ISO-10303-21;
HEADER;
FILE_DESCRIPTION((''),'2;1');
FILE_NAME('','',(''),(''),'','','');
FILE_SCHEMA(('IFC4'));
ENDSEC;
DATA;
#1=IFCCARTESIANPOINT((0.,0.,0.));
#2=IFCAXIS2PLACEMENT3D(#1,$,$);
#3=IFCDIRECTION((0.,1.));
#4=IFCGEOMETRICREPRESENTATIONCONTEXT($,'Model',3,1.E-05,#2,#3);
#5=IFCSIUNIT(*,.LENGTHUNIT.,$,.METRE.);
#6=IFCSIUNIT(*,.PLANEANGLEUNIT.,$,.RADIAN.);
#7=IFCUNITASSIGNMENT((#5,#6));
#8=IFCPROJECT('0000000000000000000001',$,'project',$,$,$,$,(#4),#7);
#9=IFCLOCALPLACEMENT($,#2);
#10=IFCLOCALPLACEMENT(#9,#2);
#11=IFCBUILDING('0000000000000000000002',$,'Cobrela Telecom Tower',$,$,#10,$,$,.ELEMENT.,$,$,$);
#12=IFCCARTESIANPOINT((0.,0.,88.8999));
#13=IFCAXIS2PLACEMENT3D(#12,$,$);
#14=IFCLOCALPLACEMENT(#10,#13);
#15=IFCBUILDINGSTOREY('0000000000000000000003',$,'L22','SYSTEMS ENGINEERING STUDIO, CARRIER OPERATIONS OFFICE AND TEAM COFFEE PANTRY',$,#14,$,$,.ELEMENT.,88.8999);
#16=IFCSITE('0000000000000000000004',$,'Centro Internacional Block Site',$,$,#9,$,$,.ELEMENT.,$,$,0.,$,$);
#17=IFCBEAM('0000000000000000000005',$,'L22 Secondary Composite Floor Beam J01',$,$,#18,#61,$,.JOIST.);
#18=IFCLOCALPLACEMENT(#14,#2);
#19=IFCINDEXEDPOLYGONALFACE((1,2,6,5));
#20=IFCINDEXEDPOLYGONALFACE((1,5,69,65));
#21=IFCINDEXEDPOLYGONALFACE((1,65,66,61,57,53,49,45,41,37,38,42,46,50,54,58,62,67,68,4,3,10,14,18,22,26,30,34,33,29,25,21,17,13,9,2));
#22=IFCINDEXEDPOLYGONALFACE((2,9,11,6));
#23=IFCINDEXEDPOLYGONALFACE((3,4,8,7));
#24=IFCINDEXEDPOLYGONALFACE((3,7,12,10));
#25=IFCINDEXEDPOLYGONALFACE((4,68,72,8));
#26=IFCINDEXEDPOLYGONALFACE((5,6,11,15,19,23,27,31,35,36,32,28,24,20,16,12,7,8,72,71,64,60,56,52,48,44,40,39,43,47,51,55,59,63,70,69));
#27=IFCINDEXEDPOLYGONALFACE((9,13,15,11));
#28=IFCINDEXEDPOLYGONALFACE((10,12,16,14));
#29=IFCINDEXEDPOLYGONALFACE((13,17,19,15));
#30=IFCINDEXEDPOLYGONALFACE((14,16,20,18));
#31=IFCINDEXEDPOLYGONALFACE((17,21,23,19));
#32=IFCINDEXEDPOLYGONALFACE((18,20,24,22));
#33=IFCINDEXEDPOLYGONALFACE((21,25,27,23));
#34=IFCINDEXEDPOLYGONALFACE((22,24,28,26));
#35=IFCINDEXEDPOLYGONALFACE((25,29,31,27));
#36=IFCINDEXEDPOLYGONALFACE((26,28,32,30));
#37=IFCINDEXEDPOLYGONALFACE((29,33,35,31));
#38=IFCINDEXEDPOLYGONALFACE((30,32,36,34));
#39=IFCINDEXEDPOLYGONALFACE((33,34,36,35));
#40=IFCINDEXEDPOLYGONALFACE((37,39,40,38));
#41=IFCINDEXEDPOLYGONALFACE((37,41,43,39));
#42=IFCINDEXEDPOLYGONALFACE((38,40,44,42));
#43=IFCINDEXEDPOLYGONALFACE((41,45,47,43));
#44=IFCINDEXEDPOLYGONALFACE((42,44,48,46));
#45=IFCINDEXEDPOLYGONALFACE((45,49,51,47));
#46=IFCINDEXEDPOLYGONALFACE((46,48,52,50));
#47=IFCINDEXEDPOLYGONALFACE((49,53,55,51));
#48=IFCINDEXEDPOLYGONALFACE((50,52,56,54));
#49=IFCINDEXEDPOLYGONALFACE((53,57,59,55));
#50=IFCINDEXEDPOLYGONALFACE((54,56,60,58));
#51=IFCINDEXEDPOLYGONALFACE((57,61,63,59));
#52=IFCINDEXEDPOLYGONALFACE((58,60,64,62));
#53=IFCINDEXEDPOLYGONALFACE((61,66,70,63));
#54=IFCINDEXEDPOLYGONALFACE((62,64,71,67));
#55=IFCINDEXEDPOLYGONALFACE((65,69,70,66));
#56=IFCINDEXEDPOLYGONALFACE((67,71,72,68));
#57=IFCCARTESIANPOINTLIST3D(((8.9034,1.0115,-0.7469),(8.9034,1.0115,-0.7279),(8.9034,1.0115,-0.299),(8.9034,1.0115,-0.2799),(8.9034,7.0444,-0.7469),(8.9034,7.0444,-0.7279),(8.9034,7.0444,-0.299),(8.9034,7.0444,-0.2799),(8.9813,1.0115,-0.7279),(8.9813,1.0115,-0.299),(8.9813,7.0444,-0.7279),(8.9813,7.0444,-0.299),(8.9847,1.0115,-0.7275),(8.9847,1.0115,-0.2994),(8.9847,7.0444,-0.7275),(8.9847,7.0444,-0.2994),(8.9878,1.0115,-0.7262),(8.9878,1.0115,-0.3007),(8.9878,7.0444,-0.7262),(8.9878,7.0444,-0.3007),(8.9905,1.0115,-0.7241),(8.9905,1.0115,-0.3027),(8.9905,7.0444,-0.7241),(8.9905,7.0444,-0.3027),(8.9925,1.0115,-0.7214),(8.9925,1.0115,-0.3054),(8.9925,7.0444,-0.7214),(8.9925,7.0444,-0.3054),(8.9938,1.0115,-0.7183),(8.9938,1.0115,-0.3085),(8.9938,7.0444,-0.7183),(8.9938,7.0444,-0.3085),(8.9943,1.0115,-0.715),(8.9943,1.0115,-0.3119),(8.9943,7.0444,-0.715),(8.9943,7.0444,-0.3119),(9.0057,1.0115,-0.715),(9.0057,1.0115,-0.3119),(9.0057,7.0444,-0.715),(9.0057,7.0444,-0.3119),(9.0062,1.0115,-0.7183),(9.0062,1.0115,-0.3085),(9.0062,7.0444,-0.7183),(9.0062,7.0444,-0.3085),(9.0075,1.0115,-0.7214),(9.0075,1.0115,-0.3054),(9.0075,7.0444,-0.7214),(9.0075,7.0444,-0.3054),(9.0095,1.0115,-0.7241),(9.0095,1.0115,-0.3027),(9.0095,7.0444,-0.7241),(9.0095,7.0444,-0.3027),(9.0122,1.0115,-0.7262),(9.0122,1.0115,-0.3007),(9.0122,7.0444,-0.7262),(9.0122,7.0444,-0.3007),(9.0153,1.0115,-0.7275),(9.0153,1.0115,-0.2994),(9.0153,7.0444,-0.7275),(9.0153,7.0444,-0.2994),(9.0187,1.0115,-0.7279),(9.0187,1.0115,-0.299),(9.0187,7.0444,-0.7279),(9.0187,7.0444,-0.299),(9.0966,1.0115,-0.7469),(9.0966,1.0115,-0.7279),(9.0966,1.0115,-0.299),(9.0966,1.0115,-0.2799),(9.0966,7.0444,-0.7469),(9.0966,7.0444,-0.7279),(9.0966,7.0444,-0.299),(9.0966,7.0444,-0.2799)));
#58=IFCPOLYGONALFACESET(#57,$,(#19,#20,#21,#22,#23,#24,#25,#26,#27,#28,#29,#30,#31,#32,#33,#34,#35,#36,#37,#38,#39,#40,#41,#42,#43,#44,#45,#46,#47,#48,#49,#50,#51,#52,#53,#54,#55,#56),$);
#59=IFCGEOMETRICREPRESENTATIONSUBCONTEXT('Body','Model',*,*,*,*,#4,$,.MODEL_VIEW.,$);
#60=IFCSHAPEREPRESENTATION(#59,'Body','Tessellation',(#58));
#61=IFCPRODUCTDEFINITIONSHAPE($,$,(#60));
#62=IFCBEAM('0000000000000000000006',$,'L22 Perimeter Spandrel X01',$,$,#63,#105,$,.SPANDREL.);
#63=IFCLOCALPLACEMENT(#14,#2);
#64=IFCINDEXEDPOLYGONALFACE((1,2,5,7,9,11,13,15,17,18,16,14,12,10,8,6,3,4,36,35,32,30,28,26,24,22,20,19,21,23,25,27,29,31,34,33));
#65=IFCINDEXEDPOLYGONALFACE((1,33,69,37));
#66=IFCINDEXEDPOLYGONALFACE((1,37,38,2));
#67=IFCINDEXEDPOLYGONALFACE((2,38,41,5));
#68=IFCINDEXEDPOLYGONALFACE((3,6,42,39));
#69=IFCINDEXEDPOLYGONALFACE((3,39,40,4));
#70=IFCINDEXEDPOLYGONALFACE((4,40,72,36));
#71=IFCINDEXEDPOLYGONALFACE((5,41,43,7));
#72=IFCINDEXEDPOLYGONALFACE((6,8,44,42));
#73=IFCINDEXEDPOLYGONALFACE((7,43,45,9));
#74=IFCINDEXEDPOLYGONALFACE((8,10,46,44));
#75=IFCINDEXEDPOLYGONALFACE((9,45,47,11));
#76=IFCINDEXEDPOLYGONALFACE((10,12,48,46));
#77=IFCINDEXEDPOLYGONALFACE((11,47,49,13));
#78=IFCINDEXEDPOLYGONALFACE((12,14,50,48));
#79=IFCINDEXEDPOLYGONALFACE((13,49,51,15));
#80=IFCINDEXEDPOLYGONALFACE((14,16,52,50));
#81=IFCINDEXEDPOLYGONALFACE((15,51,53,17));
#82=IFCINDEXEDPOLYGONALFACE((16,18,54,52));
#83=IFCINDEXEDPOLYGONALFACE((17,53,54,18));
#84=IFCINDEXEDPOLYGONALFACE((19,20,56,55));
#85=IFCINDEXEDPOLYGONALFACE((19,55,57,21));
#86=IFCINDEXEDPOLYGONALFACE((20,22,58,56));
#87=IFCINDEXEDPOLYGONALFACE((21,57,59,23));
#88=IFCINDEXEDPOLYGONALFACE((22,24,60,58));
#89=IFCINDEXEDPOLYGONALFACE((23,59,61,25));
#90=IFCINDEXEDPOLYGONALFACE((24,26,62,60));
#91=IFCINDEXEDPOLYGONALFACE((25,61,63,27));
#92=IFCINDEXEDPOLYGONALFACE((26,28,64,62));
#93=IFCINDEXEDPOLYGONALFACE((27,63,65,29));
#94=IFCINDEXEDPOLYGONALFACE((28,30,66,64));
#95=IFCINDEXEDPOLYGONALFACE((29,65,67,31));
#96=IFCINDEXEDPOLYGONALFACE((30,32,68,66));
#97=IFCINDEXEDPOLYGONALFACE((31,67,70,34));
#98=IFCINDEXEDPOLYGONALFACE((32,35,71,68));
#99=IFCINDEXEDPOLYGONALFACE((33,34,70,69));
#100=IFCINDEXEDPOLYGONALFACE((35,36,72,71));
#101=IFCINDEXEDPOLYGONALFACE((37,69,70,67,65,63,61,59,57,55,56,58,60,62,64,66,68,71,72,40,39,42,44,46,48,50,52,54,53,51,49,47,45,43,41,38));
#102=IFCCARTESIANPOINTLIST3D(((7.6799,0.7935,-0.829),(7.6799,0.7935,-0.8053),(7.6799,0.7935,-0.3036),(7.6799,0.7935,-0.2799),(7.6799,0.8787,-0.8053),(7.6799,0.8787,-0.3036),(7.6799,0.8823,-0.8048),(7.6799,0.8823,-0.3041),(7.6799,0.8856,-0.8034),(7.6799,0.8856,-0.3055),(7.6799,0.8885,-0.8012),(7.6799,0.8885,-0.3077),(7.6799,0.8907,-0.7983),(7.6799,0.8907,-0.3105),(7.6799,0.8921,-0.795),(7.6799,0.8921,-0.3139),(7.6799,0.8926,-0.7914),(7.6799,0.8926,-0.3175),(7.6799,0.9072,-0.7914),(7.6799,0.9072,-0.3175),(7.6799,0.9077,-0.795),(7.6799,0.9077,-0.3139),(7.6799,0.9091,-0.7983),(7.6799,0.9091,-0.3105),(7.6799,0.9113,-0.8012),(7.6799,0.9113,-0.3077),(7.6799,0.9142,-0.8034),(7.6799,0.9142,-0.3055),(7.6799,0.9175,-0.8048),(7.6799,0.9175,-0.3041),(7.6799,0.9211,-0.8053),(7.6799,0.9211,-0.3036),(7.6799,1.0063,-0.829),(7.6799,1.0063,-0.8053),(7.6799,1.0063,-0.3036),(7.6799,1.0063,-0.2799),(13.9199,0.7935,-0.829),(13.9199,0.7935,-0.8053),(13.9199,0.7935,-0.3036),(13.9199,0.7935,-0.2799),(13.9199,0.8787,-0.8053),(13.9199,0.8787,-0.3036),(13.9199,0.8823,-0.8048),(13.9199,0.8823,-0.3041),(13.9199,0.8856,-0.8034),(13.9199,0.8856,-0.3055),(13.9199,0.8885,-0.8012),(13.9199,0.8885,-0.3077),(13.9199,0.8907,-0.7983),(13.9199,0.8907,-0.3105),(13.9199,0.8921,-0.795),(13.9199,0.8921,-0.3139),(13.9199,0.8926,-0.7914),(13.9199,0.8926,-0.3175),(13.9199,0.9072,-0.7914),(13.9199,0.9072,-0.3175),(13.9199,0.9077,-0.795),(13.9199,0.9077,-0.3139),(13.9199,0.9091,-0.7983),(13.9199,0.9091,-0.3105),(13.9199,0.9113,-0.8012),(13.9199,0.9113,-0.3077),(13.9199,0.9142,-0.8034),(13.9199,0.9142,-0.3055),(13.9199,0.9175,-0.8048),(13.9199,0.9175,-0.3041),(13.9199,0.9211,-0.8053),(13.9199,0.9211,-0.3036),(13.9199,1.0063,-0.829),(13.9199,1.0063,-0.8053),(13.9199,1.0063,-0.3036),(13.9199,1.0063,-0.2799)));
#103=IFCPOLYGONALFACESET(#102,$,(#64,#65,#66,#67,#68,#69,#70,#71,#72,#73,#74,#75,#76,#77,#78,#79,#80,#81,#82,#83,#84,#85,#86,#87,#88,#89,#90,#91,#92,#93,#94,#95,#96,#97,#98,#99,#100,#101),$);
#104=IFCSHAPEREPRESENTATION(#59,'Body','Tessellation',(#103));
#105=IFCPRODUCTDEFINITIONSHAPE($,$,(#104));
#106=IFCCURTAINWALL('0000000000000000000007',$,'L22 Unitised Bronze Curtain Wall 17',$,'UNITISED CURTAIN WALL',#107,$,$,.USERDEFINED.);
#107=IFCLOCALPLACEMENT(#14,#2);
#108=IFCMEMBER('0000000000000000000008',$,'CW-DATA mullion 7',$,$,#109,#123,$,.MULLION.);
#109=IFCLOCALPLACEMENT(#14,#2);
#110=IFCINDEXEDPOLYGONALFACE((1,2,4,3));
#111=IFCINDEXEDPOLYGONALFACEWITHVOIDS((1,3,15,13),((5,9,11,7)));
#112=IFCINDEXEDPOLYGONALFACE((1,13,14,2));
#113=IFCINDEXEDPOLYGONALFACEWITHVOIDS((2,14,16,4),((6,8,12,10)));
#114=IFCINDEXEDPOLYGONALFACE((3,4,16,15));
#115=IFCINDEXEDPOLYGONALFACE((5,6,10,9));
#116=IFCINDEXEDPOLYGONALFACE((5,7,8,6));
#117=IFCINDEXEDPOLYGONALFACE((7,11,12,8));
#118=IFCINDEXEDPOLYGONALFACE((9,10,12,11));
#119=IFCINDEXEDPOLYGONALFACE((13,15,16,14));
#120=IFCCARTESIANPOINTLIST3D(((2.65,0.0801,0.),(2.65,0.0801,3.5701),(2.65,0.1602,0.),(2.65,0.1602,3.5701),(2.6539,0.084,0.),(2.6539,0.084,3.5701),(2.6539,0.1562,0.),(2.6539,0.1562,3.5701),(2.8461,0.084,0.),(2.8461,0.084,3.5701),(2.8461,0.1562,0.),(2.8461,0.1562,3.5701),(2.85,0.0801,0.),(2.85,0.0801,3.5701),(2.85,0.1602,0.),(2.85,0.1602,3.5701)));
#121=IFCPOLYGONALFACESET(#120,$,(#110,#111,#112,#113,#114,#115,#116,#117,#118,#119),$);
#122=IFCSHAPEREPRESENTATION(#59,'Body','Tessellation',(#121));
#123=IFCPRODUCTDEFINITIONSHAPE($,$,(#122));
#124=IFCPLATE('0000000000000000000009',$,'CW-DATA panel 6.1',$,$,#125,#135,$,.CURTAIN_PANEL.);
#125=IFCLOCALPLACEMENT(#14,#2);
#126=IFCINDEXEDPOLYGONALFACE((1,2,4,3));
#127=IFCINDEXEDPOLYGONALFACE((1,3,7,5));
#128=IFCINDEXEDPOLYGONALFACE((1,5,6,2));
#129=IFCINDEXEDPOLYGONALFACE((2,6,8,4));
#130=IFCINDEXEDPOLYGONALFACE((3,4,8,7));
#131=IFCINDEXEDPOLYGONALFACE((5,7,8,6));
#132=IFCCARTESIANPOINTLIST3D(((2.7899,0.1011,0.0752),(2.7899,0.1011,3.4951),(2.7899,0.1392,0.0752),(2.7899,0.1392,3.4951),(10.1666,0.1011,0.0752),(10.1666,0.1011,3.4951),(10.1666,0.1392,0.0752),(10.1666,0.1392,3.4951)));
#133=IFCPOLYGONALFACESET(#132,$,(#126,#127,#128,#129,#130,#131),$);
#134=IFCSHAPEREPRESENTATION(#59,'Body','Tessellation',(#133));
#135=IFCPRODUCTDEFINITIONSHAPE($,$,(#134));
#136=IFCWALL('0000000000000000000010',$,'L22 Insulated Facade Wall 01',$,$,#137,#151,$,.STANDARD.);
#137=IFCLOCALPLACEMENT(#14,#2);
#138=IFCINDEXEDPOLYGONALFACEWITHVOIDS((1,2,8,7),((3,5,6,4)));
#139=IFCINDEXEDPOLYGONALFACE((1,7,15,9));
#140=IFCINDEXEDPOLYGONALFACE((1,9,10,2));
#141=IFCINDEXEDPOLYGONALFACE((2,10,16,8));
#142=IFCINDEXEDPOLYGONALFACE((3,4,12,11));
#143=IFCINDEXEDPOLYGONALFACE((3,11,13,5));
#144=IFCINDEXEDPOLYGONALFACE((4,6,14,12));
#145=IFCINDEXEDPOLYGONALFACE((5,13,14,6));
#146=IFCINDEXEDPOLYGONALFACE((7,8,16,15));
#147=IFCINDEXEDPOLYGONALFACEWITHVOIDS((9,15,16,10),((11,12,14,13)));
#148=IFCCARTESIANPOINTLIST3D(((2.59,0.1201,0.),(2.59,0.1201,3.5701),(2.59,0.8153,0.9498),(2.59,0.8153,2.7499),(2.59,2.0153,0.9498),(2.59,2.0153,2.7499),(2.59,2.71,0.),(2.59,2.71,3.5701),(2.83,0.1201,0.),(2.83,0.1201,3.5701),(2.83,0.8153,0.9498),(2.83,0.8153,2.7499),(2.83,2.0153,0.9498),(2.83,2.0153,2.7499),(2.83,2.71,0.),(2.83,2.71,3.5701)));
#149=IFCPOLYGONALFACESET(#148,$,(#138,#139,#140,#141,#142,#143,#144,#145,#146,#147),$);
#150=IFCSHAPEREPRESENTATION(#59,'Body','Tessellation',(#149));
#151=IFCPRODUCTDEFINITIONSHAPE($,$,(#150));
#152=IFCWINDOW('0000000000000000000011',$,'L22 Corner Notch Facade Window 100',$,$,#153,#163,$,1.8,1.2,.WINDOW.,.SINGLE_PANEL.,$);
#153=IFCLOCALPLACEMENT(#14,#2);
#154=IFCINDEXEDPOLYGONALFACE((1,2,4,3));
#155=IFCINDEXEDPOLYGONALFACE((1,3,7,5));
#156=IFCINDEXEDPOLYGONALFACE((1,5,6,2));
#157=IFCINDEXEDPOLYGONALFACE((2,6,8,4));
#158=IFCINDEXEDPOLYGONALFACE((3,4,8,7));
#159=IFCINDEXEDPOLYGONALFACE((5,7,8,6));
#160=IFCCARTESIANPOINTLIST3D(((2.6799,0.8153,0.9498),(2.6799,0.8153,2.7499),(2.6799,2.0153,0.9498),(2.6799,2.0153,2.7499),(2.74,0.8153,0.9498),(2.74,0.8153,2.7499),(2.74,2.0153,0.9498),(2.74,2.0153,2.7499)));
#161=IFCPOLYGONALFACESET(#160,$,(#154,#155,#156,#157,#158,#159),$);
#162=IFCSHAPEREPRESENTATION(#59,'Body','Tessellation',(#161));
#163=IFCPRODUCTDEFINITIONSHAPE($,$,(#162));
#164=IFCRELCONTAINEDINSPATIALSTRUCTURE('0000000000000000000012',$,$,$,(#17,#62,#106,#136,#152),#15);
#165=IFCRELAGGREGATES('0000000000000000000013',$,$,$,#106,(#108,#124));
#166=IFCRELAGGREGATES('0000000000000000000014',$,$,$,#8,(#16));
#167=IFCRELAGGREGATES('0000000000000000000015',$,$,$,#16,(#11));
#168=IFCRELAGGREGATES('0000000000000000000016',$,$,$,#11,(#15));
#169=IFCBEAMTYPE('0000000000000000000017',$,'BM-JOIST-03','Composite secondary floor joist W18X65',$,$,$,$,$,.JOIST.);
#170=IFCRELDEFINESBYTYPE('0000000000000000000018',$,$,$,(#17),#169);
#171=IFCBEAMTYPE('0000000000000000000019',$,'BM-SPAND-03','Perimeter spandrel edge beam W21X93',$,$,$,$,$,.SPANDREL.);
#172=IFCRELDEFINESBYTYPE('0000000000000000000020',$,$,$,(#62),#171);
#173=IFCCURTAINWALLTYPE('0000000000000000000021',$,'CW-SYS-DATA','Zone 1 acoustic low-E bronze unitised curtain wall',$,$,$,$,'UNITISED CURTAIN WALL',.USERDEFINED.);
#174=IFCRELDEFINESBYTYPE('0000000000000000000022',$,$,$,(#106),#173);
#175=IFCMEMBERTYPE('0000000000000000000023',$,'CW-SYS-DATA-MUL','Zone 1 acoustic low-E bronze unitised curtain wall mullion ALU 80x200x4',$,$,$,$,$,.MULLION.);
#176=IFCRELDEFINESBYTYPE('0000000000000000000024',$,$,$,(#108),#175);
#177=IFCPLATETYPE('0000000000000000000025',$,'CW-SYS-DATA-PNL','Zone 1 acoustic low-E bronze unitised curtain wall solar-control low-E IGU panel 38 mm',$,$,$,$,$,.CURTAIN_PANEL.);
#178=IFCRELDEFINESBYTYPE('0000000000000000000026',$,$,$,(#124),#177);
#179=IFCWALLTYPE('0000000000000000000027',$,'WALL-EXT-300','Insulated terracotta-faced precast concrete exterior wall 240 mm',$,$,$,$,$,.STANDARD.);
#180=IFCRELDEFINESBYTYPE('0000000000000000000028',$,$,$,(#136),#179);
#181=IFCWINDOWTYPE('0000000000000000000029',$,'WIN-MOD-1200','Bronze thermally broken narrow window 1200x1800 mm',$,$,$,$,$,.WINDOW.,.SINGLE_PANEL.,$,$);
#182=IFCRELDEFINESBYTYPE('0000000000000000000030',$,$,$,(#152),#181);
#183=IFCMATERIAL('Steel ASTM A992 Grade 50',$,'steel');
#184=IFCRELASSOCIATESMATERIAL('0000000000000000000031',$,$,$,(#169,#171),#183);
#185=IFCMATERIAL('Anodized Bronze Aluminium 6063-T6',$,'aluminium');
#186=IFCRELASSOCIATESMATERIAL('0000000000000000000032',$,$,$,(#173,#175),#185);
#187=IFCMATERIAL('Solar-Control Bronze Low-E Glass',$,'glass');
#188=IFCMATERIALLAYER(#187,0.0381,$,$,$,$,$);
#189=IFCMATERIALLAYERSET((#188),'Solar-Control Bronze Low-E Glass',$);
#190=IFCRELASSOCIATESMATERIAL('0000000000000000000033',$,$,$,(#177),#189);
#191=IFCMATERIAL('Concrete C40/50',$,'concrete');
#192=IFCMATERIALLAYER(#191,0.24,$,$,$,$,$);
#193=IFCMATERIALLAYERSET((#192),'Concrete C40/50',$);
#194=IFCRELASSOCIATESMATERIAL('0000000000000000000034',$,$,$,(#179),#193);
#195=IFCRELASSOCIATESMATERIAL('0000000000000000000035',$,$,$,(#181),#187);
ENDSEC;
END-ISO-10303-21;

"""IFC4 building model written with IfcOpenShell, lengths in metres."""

from ifc_helpers import new_model, si_unit, direction, frame, frame_2d, origin, origin_2d, place, context, subcontext, project, spatial, rectangle, hollow_rectangle, i_section, extrude, material, layer, layer_set, material_profile, profile_set, type_object, element, fill, aggregate, save


model = new_model("IFC4")

# Units and contexts
model_context = context("Model", 3, precision=1e-05, world=origin(), true_north=direction((0.0, 1.0)))
body_context = subcontext(model_context, "Body", "Model", "MODEL_VIEW")
ifc_project = project(units=[si_unit("LENGTHUNIT", "METRE"), si_unit("PLANEANGLEUNIT", "RADIAN")], contexts=[model_context])

# Site, building, storey
site_placement = place(None, origin())
site = spatial("IfcSite", under=ifc_project, at=site_placement, Name="Centro Internacional Block Site", CompositionType="ELEMENT", RefElevation=0.0)
building_placement = place(site_placement, origin())
building = spatial("IfcBuilding", under=site, at=building_placement, Name="Cobrela Telecom Tower", CompositionType="ELEMENT")
storey_placement = place(building_placement, frame((0.0, 0.0, 88.8999)))
storey = spatial("IfcBuildingStorey", under=building, at=storey_placement, Name="L22", Description="SYSTEMS ENGINEERING STUDIO, CARRIER OPERATIONS OFFICE AND TEAM COFFEE PANTRY", CompositionType="ELEMENT", Elevation=88.8999)

# Beams
ifc_material_1 = material(Name="Steel ASTM A992 Grade 50", Category="steel")
ifc_material_profile_1 = material_profile(ifc_material_1, i_section(OverallWidth=0.1931, OverallDepth=0.467, WebThickness=0.0115, FlangeThickness=0.019, FilletRadius=0.0129, at=origin_2d()), Name="W18X65")
ifc_profile_set_1 = profile_set([ifc_material_profile_1], Name="Steel ASTM A992 Grade 50")
beam_type_1 = type_object("IfcBeamType", Name="BM-JOIST-03", Description="Composite secondary floor joist W18X65", PredefinedType="JOIST", material=ifc_profile_set_1)
beam_1_placement = place(storey_placement, frame((9.0, 1.0115, -0.5134), z_axis=(0.0, 1.0, 0.0), x_axis=(-1.0, 0.0, 0.0)))
element("IfcBeam", 1, at=beam_1_placement, inside=storey, type_object=beam_type_1, Name="L22 Secondary Composite Floor Beam J01", PredefinedType="JOIST", context=body_context, shape_type="SweptSolid", body=[
    extrude(i_section(OverallWidth=0.1931, OverallDepth=0.467, WebThickness=0.0115, FlangeThickness=0.019, FilletRadius=0.0129, at=origin_2d()), origin(), (0.0, 0.0, 1.0), 6.033),
])
ifc_material_profile_2 = material_profile(ifc_material_1, i_section(OverallWidth=0.2129, OverallDepth=0.5491, WebThickness=0.0146, FlangeThickness=0.0237, FilletRadius=0.0139, at=origin_2d()), Name="W21X93")
ifc_profile_set_2 = profile_set([ifc_material_profile_2], Name="Steel ASTM A992 Grade 50")
beam_type_2 = type_object("IfcBeamType", Name="BM-SPAND-03", Description="Perimeter spandrel edge beam W21X93", PredefinedType="SPANDREL", material=ifc_profile_set_2)
beam_2_placement = place(storey_placement, frame((7.6799, 0.8999, -0.5544), z_axis=(1.0, 0.0, 0.0), x_axis=(0.0, 1.0, 0.0)))
element("IfcBeam", 2, at=beam_2_placement, inside=storey, type_object=beam_type_2, Name="L22 Perimeter Spandrel X01", PredefinedType="SPANDREL", context=body_context, shape_type="SweptSolid", body=[
    extrude(i_section(OverallWidth=0.2129, OverallDepth=0.5491, WebThickness=0.0146, FlangeThickness=0.0237, FilletRadius=0.0139, at=origin_2d()), origin(), (0.0, 0.0, 1.0), 6.24),
])

# Curtain wall, member, plate
ifc_material_2 = material(Name="Anodized Bronze Aluminium 6063-T6", Category="aluminium")
curtain_wall_type = type_object("IfcCurtainWallType", Name="CW-SYS-DATA", Description="Zone 1 acoustic low-E bronze unitised curtain wall", ElementType="UNITISED CURTAIN WALL", PredefinedType="USERDEFINED", material=ifc_material_2)
curtain_wall_placement = place(storey_placement, origin())
curtain_wall = element("IfcCurtainWall", 3, at=curtain_wall_placement, inside=storey, type_object=curtain_wall_type, Name="L22 Unitised Bronze Curtain Wall 17", ObjectType="UNITISED CURTAIN WALL", PredefinedType="USERDEFINED")
ifc_material_profile_3 = material_profile(ifc_material_2, hollow_rectangle(XDim=0.0801, YDim=0.2, WallThickness=0.0039, at=origin_2d()), Name="ALU 80x200x4")
ifc_profile_set_3 = profile_set([ifc_material_profile_3], Name="Anodized Bronze Aluminium 6063-T6")
member_type = type_object("IfcMemberType", Name="CW-SYS-DATA-MUL", Description="Zone 1 acoustic low-E bronze unitised curtain wall mullion ALU 80x200x4", PredefinedType="MULLION", material=ifc_profile_set_3)
member_placement = place(storey_placement, frame((2.75, 0.1201, 0.0), z_axis=(0.0, 0.0, 1.0), x_axis=(0.0, -1.0, 0.0)))
member = element("IfcMember", 4, at=member_placement, type_object=member_type, Name="CW-DATA mullion 7", PredefinedType="MULLION", context=body_context, shape_type="SweptSolid", body=[
    extrude(hollow_rectangle(XDim=0.0801, YDim=0.2, WallThickness=0.0039, at=origin_2d()), origin(), (0.0, 0.0, 1.0), 3.5701),
])
ifc_material_3 = material(Name="Solar-Control Bronze Low-E Glass", Category="glass")
ifc_layer_1 = layer(ifc_material_3, 0.0381)
ifc_layer_set_1 = layer_set([ifc_layer_1], Name="Solar-Control Bronze Low-E Glass")
plate_type = type_object("IfcPlateType", Name="CW-SYS-DATA-PNL", Description="Zone 1 acoustic low-E bronze unitised curtain wall solar-control low-E IGU panel 38 mm", PredefinedType="CURTAIN_PANEL", material=ifc_layer_set_1)
plate_placement = place(storey_placement, frame((6.4783, 0.1201, 0.0752), z_axis=(0.0, 0.0, 1.0), x_axis=(-1.0, 0.0, 0.0)))
plate = element("IfcPlate", 5, at=plate_placement, type_object=plate_type, Name="CW-DATA panel 6.1", PredefinedType="CURTAIN_PANEL", context=body_context, shape_type="SweptSolid", body=[
    extrude(rectangle(XDim=7.3767, YDim=0.0381, at=origin_2d()), origin(), (0.0, 0.0, 1.0), 3.4199),
])
aggregate(curtain_wall, [member, plate])

# Wall, opening, window
ifc_material_4 = material(Name="Concrete C40/50", Category="concrete")
ifc_layer_2 = layer(ifc_material_4, 0.24)
ifc_layer_set_2 = layer_set([ifc_layer_2], Name="Concrete C40/50")
wall_type = type_object("IfcWallType", Name="WALL-EXT-300", Description="Insulated terracotta-faced precast concrete exterior wall 240 mm", PredefinedType="STANDARD", material=ifc_layer_set_2)
wall_1_placement = place(storey_placement, frame((2.71, 0.1201, 0.0), z_axis=(0.0, 0.0, 1.0), x_axis=(0.0, 1.0, 0.0)))
wall_1 = element("IfcWall", 6, at=wall_1_placement, inside=storey, type_object=wall_type, Name="L22 Insulated Facade Wall 01", PredefinedType="STANDARD", context=body_context, shape_type="SweptSolid", body=[
    extrude(rectangle(XDim=2.5898, YDim=0.24, at=frame_2d((1.2949, 0.0))), origin(), (0.0, 0.0, 1.0), 3.5701),
])
opening_1_placement = place(wall_1_placement, frame((0.6951, 0.0, 0.95)))
opening_1 = element("IfcOpeningElement", 7, at=opening_1_placement, cuts=wall_1, PredefinedType="OPENING", context=body_context, shape_type="SweptSolid", body=[
    extrude(rectangle(XDim=1.2, YDim=1.8, at=frame_2d((0.6001, 0.8999))), frame((0.0, 0.1318, 0.0), z_axis=(0.0, -1.0, 0.0), x_axis=(1.0, 0.0, 0.0)), (0.0, 0.0, 1.0), 0.2639),
])
window_type_1 = type_object("IfcWindowType", Name="WIN-MOD-1200", Description="Bronze thermally broken narrow window 1200x1800 mm", PartitioningType="SINGLE_PANEL", PredefinedType="WINDOW", material=ifc_material_3)
window_1_placement = place(opening_1_placement, origin())
window_1 = element("IfcWindow", 8, at=window_1_placement, inside=storey, type_object=window_type_1, Name="L22 Corner Notch Facade Window 100", OverallHeight=1.8, OverallWidth=1.2, PartitioningType="SINGLE_PANEL", PredefinedType="WINDOW", context=body_context, shape_type="SweptSolid", body=[
    extrude(rectangle(XDim=1.2, YDim=1.8, at=frame_2d((0.6001, 0.8999))), frame((0.0, 0.03, 0.0), z_axis=(0.0, -1.0, 0.0), x_axis=(1.0, 0.0, 0.0)), (0.0, 0.0, 1.0), 0.0601),
])
fill(opening_1, window_1)

save(model, "model.ifc")
